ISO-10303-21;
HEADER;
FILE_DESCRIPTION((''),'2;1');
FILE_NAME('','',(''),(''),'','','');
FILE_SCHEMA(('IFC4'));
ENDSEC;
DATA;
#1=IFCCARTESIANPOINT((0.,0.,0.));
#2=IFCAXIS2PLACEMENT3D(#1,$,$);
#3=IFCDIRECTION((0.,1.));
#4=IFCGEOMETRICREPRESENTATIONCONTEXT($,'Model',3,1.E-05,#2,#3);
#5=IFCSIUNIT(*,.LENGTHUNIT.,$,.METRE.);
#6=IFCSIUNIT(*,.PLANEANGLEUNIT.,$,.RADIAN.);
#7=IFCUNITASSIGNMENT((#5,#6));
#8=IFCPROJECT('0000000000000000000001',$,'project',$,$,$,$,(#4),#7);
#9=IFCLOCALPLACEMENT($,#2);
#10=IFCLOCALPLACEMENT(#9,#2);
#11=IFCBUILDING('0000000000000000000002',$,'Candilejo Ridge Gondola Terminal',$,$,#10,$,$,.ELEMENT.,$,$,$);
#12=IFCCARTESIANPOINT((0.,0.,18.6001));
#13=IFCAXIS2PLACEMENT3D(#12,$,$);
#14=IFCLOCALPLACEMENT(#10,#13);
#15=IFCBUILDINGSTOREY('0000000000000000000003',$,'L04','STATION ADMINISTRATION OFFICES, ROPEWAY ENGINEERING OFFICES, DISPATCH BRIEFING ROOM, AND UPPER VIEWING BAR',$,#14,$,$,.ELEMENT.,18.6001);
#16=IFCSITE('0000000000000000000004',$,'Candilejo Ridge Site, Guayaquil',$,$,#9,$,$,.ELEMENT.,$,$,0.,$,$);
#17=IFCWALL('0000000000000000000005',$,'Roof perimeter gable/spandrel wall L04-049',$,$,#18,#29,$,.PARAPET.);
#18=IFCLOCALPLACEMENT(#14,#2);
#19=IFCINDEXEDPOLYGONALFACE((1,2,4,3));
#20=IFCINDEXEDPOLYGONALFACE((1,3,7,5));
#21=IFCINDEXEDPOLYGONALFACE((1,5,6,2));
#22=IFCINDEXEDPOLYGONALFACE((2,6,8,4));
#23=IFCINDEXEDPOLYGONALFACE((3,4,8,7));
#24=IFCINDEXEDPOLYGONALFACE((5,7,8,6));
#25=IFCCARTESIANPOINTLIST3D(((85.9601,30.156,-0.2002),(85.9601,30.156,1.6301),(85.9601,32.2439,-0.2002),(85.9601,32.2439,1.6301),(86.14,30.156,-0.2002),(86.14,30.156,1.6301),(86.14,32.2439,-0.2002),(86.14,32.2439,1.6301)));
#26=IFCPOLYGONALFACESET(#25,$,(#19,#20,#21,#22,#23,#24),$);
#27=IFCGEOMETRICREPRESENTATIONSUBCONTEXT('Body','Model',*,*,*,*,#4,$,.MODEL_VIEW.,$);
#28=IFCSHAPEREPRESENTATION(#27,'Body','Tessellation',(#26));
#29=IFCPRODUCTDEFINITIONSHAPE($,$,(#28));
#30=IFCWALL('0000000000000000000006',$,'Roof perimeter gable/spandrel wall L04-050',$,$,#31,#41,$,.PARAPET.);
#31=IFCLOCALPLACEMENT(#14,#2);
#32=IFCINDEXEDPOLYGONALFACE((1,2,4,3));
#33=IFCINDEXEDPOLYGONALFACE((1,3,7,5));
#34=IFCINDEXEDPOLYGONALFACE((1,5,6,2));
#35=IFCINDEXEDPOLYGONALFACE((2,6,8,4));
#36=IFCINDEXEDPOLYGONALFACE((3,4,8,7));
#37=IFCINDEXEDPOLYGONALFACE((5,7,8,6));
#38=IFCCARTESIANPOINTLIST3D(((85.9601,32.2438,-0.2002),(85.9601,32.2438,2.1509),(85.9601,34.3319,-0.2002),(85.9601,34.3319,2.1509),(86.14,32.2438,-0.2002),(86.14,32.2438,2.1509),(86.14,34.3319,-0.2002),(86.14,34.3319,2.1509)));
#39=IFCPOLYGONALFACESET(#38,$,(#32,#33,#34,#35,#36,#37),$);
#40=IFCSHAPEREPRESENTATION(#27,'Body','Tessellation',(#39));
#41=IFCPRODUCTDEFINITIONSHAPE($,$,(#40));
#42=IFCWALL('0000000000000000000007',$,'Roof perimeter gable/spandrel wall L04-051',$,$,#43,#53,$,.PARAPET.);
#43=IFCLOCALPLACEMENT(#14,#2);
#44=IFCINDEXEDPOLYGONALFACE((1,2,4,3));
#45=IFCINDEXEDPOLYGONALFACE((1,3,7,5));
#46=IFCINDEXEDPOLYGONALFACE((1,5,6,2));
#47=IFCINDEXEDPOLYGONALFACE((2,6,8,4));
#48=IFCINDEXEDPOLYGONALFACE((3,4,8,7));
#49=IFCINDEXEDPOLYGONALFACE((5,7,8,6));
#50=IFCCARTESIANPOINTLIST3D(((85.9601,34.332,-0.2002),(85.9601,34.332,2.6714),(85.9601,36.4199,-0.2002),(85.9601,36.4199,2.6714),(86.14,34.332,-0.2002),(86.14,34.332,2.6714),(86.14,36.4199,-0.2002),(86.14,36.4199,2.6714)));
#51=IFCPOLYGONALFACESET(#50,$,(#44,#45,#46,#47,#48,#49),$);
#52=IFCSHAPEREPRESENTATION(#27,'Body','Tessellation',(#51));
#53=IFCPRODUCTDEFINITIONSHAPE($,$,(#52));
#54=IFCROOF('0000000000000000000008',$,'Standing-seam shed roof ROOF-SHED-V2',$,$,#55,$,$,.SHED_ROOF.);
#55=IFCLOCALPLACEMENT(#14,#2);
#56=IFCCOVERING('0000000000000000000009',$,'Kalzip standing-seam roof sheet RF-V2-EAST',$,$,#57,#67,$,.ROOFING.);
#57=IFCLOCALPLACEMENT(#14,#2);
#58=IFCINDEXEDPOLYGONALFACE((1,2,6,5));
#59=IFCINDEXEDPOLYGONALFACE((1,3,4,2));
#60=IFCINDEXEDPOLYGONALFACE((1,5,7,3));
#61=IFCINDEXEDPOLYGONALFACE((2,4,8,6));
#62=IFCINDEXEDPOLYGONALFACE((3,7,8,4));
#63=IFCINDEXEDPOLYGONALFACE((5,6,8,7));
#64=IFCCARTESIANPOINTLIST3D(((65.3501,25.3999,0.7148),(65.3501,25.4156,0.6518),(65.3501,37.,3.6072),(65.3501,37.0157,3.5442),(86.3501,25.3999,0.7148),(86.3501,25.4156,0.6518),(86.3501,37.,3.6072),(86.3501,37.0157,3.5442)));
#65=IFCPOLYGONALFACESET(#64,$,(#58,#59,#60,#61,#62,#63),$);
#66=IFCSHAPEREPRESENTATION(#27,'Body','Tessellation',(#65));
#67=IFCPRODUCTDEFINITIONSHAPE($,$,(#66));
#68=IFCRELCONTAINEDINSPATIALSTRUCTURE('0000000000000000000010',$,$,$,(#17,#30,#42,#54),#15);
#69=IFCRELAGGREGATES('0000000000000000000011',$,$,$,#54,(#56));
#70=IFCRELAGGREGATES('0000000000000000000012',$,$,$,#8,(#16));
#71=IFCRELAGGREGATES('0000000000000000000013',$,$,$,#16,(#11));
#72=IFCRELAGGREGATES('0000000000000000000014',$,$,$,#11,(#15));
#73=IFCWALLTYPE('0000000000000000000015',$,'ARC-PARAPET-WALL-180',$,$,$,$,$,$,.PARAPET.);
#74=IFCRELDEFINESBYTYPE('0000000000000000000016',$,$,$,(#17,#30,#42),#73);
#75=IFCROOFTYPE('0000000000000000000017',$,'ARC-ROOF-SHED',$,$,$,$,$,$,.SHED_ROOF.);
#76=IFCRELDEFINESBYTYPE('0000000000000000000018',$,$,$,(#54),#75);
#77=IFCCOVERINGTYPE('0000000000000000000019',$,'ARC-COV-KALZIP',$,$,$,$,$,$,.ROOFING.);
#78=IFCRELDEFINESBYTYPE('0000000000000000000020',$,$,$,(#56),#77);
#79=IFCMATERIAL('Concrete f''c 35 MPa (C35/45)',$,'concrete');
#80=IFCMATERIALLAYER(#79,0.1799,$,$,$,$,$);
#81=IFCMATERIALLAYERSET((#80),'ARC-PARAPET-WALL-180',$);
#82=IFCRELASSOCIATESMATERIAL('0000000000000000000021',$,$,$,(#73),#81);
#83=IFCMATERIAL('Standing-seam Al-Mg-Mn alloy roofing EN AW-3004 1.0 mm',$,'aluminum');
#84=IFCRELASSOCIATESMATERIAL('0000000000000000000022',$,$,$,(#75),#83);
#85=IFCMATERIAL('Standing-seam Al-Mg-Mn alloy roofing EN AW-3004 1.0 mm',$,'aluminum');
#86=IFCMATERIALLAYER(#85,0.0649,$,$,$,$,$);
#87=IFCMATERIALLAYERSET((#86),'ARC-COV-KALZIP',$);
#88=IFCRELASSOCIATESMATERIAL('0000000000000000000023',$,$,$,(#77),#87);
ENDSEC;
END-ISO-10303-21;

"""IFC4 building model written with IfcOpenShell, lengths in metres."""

from ifc_helpers import new_model, si_unit, direction, frame, frame_2d, origin, place, context, subcontext, project, spatial, polyline, rectangle, outline, extrude, material, layer, layer_set, type_object, element, aggregate, save


model = new_model("IFC4")

# Units and contexts
model_context = context("Model", 3, precision=1e-05, world=origin(), true_north=direction((0.0, 1.0)))
body_context = subcontext(model_context, "Body", "Model", "MODEL_VIEW")
ifc_project = project(units=[si_unit("LENGTHUNIT", "METRE"), si_unit("PLANEANGLEUNIT", "RADIAN")], contexts=[model_context])

# Site, building, storey
site_placement = place(None, origin())
site = spatial("IfcSite", under=ifc_project, at=site_placement, Name="Candilejo Ridge Site, Guayaquil", CompositionType="ELEMENT", RefElevation=0.0)
building_placement = place(site_placement, origin())
building = spatial("IfcBuilding", under=site, at=building_placement, Name="Candilejo Ridge Gondola Terminal", CompositionType="ELEMENT")
storey_placement = place(building_placement, frame((0.0, 0.0, 18.6001)))
storey = spatial("IfcBuildingStorey", under=building, at=storey_placement, Name="L04", Description="STATION ADMINISTRATION OFFICES, ROPEWAY ENGINEERING OFFICES, DISPATCH BRIEFING ROOM, AND UPPER VIEWING BAR", CompositionType="ELEMENT", Elevation=18.6001)

# Walls
ifc_material_1 = material(Name="Concrete f'c 35 MPa (C35/45)", Category="concrete")
ifc_layer_1 = layer(ifc_material_1, 0.1799)
ifc_layer_set_1 = layer_set([ifc_layer_1], Name="ARC-PARAPET-WALL-180")
wall_type = type_object("IfcWallType", Name="ARC-PARAPET-WALL-180", PredefinedType="PARAPET", material=ifc_layer_set_1)
wall_1_placement = place(storey_placement, frame((86.05, 30.156, -0.2002), z_axis=(0.0, 0.0, 1.0), x_axis=(0.0, 1.0, 0.0)))
element("IfcWall", 1, at=wall_1_placement, inside=storey, type_object=wall_type, Name="Roof perimeter gable/spandrel wall L04-049", PredefinedType="PARAPET", context=body_context, shape_type="SweptSolid", body=[
    extrude(rectangle(XDim=2.0879, YDim=0.1799, at=frame_2d((1.0439, 0.0))), origin(), (0.0, 0.0, 1.0), 1.8303),
])
wall_2_placement = place(storey_placement, frame((86.05, 32.2439, -0.2002), z_axis=(0.0, 0.0, 1.0), x_axis=(0.0, 1.0, 0.0)))
element("IfcWall", 2, at=wall_2_placement, inside=storey, type_object=wall_type, Name="Roof perimeter gable/spandrel wall L04-050", PredefinedType="PARAPET", context=body_context, shape_type="SweptSolid", body=[
    extrude(rectangle(XDim=2.0881, YDim=0.1799, at=frame_2d((1.0439, 0.0))), origin(), (0.0, 0.0, 1.0), 2.3511),
])
wall_3_placement = place(storey_placement, frame((86.05, 34.332, -0.2002), z_axis=(0.0, 0.0, 1.0), x_axis=(0.0, 1.0, 0.0)))
element("IfcWall", 3, at=wall_3_placement, inside=storey, type_object=wall_type, Name="Roof perimeter gable/spandrel wall L04-051", PredefinedType="PARAPET", context=body_context, shape_type="SweptSolid", body=[
    extrude(rectangle(XDim=2.0879, YDim=0.1799, at=frame_2d((1.0439, 0.0))), origin(), (0.0, 0.0, 1.0), 2.8716),
])

# Roof, covering
ifc_material_2 = material(Name="Standing-seam Al-Mg-Mn alloy roofing EN AW-3004 1.0 mm", Category="aluminum")
roof_type = type_object("IfcRoofType", Name="ARC-ROOF-SHED", PredefinedType="SHED_ROOF", material=ifc_material_2)
roof_placement = place(storey_placement, origin())
roof = element("IfcRoof", 4, at=roof_placement, inside=storey, type_object=roof_type, Name="Standing-seam shed roof ROOF-SHED-V2", PredefinedType="SHED_ROOF")
ifc_material_3 = material(Name="Standing-seam Al-Mg-Mn alloy roofing EN AW-3004 1.0 mm", Category="aluminum")
ifc_layer_2 = layer(ifc_material_3, 0.0649)
ifc_layer_set_2 = layer_set([ifc_layer_2], Name="ARC-COV-KALZIP")
covering_type = type_object("IfcCoveringType", Name="ARC-COV-KALZIP", PredefinedType="ROOFING", material=ifc_layer_set_2)
covering_placement = place(storey_placement, frame((65.3501, 25.3999, 0.7148), z_axis=(0.0, -0.24193, 0.970294), x_axis=(1.0, 0.0, 0.0)))
covering = element("IfcCovering", 5, at=covering_placement, type_object=covering_type, Name="Kalzip standing-seam roof sheet RF-V2-EAST", PredefinedType="ROOFING", context=body_context, shape_type="SweptSolid", body=[
    extrude(outline(polyline([(0.0, 0.0), (21.0, 0.0), (21.0, 11.9552), (0.0, 11.9552), (0.0, 0.0)])), origin(), (0.0, 0.0, -1.0), 0.0649),
])
aggregate(roof, [covering])

save(model, "model.ifc")
